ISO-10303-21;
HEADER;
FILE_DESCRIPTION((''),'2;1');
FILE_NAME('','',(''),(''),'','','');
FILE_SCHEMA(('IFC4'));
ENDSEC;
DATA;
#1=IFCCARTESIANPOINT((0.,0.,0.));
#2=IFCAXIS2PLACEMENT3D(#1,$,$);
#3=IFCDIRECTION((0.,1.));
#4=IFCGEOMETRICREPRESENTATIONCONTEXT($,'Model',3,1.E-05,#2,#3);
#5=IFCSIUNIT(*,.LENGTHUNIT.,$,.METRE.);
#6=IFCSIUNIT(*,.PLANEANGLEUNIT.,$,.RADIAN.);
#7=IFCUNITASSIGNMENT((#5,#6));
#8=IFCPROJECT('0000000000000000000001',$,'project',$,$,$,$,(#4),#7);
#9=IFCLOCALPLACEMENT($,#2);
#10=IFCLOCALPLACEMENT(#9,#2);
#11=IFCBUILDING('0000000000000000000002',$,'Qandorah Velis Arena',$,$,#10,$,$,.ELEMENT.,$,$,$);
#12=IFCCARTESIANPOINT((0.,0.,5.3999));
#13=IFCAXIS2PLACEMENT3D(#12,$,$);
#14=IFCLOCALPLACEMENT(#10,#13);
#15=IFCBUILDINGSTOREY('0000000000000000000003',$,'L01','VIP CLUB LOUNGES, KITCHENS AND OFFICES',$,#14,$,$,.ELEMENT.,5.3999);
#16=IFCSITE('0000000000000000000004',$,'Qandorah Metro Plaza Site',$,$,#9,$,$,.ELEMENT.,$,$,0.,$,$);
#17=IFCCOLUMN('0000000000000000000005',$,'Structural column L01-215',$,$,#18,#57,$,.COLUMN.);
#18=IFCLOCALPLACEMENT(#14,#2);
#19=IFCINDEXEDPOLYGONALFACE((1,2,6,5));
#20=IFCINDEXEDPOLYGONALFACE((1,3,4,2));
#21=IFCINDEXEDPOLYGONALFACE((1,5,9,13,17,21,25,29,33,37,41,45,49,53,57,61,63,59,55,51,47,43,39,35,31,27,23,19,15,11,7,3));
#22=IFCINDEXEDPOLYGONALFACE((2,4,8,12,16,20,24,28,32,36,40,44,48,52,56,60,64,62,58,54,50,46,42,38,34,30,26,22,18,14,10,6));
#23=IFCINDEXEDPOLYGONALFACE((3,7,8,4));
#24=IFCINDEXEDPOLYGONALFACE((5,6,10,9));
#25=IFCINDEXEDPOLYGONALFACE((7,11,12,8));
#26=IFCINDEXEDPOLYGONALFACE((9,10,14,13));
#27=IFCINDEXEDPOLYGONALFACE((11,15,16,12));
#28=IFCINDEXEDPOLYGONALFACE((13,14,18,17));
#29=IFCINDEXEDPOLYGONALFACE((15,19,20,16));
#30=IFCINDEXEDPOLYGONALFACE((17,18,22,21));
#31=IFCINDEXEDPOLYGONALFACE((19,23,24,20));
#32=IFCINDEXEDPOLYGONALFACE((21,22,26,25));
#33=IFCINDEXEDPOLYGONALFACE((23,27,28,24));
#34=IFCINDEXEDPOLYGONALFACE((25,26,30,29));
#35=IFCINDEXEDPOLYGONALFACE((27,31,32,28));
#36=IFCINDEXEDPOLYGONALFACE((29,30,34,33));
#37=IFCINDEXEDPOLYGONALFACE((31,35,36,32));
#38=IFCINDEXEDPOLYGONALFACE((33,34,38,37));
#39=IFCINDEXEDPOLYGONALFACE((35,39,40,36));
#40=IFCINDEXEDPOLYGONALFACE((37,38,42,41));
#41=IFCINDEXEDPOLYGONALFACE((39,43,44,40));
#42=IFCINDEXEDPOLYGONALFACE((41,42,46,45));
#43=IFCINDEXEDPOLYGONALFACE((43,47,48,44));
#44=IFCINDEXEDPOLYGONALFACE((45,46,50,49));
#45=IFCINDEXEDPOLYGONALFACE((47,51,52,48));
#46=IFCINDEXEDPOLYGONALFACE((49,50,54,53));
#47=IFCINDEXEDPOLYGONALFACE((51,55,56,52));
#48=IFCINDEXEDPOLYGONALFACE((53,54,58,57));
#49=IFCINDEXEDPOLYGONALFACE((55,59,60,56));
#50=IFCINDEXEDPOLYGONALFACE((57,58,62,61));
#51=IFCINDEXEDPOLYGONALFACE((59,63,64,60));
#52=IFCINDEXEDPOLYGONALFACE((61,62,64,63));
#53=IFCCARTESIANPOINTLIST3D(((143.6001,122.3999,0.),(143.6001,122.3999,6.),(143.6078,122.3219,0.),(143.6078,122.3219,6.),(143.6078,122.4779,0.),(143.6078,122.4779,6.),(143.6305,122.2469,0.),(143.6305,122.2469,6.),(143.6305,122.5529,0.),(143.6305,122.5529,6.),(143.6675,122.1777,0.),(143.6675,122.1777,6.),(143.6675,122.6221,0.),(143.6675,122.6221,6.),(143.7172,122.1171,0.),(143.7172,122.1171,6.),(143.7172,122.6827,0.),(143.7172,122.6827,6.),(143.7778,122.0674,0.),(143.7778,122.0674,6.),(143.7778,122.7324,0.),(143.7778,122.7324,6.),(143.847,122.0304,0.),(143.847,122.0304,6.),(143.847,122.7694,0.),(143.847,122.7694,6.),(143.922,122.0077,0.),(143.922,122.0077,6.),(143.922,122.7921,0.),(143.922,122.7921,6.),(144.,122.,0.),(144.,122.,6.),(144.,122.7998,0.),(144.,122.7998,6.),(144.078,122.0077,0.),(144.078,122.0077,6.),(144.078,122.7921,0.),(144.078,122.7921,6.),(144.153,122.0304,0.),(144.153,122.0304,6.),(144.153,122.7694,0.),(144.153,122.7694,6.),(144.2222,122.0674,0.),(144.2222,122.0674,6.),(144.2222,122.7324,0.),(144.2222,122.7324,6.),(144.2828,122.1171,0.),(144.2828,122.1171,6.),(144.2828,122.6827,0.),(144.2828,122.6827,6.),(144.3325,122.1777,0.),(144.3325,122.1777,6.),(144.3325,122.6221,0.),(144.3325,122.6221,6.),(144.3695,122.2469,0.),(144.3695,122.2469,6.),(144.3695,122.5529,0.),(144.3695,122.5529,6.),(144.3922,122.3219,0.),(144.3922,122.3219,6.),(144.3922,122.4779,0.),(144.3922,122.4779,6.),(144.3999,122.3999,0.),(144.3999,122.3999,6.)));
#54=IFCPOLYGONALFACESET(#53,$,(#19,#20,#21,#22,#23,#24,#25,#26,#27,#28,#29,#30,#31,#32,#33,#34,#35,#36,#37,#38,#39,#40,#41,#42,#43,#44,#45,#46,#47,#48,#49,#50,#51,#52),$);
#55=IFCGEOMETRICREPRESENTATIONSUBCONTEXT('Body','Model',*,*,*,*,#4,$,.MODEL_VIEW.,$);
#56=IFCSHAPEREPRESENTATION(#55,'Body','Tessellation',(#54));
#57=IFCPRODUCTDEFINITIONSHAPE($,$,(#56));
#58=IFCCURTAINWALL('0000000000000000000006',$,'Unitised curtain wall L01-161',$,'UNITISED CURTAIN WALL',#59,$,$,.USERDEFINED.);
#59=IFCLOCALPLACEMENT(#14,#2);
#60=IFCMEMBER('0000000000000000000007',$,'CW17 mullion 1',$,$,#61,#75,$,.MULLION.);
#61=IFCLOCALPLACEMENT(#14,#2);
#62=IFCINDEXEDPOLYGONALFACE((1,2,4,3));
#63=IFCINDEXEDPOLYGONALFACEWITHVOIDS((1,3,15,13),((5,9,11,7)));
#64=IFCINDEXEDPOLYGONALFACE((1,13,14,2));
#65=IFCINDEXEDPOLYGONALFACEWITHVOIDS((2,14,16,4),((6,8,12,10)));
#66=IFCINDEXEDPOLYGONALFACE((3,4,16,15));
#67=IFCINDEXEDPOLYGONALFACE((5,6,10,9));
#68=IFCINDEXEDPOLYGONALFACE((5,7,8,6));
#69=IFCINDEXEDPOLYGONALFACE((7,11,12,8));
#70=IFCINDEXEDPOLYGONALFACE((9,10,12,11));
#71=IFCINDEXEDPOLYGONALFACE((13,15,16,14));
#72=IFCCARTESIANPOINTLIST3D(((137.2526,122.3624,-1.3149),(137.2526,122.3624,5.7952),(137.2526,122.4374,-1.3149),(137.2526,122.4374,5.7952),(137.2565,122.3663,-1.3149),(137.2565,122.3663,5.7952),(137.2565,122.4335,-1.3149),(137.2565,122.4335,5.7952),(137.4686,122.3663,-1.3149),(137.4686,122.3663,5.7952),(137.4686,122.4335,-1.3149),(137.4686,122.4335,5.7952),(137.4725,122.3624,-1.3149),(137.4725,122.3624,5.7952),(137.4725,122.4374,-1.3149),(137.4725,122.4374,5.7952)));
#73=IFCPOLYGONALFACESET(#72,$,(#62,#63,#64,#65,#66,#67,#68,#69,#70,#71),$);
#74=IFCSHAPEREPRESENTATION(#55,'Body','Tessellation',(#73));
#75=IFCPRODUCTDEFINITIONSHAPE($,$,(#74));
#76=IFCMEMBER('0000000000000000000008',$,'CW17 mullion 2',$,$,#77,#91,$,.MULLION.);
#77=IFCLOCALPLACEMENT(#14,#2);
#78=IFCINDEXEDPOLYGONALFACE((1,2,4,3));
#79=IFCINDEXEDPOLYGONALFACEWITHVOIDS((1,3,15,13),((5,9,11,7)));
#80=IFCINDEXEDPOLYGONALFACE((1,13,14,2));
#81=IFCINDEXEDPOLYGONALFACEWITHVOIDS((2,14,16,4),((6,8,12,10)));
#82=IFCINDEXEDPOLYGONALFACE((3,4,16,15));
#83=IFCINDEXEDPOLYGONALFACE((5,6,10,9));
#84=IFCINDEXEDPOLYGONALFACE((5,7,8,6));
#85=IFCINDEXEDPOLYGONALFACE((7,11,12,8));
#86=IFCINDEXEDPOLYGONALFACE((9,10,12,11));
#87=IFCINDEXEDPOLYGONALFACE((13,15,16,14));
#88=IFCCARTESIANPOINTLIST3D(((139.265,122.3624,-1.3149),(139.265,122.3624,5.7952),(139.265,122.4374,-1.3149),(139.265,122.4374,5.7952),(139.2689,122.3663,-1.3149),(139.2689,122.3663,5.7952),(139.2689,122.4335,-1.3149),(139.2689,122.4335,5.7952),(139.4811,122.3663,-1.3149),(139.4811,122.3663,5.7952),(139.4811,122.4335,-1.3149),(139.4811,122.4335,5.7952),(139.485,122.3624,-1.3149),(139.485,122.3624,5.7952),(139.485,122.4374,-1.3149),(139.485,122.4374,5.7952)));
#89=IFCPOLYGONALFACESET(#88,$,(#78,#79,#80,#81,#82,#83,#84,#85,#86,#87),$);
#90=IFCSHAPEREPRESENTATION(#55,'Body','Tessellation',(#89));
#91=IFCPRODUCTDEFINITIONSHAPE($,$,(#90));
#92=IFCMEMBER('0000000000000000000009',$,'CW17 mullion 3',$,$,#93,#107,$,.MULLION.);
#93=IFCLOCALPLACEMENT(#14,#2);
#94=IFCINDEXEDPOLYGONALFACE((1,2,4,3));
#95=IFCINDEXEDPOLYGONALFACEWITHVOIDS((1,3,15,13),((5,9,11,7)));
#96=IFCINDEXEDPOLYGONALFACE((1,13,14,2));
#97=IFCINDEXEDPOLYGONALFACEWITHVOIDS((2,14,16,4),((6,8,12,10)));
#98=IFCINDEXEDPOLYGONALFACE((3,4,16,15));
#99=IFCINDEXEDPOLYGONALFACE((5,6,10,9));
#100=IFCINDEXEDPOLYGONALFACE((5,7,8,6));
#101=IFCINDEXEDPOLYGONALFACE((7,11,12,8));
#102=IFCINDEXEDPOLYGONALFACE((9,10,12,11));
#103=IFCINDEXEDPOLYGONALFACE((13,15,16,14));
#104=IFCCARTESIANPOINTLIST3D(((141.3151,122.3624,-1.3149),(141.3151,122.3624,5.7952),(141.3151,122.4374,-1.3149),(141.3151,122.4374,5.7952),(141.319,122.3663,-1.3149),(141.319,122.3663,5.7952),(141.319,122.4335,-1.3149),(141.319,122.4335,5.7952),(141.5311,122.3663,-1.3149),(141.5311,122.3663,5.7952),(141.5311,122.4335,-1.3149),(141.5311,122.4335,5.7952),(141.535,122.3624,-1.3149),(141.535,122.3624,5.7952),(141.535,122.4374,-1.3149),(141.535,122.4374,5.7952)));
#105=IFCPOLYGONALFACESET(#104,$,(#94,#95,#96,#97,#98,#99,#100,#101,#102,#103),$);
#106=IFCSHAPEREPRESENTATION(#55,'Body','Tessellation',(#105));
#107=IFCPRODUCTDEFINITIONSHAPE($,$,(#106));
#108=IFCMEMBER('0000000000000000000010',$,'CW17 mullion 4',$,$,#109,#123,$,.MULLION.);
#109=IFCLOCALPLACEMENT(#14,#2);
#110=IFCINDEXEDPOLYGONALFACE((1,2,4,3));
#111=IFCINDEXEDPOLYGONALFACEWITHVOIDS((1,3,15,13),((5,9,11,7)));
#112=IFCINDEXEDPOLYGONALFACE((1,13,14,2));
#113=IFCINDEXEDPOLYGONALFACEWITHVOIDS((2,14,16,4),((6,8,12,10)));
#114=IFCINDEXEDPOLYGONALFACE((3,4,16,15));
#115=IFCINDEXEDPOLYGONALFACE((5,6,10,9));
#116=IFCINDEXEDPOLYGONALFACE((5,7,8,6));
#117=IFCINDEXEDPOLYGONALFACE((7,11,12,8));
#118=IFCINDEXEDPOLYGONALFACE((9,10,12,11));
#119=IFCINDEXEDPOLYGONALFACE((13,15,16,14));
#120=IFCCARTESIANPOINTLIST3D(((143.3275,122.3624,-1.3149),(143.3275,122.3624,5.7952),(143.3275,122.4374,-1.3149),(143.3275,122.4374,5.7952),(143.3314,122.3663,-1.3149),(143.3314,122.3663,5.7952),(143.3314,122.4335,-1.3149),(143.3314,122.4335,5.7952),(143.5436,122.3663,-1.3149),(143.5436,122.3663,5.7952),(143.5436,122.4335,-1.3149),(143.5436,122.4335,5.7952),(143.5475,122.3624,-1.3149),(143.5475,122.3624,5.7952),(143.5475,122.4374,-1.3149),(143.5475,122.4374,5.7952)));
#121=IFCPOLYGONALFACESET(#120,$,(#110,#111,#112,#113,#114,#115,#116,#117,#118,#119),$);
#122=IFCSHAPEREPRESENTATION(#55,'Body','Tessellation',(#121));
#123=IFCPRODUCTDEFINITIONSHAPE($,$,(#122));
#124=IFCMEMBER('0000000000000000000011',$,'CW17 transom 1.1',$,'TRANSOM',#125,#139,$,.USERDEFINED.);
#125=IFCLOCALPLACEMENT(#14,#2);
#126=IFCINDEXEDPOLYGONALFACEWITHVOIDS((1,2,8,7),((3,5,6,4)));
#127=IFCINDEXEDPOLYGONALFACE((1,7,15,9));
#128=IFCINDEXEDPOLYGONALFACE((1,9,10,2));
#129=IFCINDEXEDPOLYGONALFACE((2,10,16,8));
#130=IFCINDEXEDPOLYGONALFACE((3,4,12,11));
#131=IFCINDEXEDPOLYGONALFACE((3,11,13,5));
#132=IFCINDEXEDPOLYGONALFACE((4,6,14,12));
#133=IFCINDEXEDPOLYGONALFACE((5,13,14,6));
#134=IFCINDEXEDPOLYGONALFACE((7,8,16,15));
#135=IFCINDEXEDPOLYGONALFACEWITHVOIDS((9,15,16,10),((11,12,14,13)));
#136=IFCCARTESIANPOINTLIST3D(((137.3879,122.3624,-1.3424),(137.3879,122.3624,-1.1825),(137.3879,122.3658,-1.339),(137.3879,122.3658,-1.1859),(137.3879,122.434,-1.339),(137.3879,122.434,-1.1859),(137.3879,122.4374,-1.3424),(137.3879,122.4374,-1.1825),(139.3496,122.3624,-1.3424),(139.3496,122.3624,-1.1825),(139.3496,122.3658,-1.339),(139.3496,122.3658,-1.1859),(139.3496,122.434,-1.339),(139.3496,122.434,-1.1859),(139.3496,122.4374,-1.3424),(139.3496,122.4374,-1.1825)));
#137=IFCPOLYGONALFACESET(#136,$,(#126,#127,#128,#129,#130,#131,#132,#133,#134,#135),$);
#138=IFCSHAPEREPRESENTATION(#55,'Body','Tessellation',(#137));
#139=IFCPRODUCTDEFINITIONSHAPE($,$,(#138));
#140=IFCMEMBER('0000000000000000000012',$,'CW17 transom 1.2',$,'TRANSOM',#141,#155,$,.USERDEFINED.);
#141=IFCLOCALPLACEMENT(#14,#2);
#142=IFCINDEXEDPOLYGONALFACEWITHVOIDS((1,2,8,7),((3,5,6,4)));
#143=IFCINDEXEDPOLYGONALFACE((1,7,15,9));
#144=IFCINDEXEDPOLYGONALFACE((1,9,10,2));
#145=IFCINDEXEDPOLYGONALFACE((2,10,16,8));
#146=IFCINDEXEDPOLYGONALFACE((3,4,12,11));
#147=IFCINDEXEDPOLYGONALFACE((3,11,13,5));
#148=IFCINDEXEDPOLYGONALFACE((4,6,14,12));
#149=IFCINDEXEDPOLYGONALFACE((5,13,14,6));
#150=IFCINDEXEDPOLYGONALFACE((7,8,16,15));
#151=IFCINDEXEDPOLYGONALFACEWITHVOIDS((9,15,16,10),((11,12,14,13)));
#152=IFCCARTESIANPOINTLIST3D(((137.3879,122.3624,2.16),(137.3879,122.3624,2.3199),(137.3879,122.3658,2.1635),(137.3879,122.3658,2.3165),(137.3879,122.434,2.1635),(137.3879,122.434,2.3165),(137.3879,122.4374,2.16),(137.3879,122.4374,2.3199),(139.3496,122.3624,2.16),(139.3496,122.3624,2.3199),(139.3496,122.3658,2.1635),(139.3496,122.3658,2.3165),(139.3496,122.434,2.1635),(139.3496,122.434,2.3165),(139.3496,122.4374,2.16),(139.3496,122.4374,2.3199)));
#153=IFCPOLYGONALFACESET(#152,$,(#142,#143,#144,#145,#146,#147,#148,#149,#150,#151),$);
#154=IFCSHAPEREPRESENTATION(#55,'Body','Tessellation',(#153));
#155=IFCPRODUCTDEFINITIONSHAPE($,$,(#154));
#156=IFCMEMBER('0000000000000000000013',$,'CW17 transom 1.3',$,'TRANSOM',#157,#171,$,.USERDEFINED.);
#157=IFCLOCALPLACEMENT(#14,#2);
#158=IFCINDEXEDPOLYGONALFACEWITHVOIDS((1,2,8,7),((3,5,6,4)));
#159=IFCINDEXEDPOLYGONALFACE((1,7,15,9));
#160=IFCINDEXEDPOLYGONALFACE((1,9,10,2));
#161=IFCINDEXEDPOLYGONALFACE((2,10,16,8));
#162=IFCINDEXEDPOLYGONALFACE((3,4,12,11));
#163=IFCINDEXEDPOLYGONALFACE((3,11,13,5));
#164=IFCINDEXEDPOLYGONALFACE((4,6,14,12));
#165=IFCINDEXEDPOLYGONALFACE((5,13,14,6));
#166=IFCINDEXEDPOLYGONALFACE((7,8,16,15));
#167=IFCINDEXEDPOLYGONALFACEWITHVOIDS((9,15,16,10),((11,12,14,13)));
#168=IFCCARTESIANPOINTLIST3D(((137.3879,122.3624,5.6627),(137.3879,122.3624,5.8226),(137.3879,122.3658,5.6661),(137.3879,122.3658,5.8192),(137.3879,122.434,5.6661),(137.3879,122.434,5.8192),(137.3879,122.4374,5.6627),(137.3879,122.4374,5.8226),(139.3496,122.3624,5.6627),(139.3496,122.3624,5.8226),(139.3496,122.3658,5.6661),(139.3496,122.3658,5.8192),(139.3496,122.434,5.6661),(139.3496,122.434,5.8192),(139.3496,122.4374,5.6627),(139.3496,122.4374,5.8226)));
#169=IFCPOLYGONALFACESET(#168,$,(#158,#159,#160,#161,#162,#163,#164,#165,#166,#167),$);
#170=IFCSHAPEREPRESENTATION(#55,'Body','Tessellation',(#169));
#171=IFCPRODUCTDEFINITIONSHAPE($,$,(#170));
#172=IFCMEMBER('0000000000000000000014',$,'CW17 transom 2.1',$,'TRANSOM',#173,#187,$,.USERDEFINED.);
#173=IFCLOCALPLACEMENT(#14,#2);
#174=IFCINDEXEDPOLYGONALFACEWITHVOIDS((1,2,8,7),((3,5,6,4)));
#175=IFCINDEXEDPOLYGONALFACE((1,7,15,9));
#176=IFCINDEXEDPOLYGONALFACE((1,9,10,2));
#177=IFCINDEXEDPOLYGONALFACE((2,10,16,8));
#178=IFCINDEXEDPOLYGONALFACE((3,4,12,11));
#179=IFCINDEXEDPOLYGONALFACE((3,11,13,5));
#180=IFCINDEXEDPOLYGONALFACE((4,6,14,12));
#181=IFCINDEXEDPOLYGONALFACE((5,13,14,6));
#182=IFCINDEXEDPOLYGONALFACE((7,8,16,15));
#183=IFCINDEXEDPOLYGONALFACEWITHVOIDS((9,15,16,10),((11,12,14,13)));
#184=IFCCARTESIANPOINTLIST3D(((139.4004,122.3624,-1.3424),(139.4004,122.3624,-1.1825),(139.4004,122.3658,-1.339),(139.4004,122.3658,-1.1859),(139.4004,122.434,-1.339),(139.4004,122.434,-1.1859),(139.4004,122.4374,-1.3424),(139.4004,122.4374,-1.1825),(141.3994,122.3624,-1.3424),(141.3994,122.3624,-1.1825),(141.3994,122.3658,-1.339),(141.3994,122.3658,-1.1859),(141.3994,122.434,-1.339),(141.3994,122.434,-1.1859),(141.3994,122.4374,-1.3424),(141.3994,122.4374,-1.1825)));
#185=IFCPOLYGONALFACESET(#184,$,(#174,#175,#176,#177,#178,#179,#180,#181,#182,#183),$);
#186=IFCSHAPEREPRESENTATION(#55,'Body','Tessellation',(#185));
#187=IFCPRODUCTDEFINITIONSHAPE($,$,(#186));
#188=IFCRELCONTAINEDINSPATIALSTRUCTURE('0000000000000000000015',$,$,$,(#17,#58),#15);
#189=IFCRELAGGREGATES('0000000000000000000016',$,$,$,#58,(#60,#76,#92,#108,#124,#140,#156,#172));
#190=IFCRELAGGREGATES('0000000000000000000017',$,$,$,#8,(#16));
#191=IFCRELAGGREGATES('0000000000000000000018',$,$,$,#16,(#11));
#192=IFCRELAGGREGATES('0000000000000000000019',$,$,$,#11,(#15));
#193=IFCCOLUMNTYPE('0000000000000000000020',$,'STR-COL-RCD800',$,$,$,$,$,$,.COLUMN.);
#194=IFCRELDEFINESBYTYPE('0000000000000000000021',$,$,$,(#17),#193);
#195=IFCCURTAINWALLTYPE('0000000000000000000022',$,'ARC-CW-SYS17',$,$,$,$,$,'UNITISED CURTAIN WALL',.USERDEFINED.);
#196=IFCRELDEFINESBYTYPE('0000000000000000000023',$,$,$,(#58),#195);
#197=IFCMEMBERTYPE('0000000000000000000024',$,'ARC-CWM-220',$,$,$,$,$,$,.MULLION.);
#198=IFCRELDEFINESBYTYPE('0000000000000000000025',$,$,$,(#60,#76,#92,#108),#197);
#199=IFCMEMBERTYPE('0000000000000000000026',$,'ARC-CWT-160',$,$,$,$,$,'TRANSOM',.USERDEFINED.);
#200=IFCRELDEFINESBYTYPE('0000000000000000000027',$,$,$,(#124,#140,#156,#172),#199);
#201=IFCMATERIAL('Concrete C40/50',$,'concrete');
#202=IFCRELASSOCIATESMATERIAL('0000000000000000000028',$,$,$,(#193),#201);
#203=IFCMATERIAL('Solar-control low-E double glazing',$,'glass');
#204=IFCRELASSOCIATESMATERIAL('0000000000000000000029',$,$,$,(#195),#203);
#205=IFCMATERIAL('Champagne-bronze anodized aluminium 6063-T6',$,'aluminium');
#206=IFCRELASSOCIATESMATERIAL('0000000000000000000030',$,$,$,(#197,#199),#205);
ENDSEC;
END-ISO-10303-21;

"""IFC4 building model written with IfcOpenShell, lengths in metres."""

from ifc_helpers import new_model, si_unit, direction, frame, origin, origin_2d, place, context, subcontext, project, spatial, hollow_rectangle, circle, extrude, material, material_profile, profile_set, type_object, element, aggregate, save


model = new_model("IFC4")

# Units and contexts
model_context = context("Model", 3, precision=1e-05, world=origin(), true_north=direction((0.0, 1.0)))
body_context = subcontext(model_context, "Body", "Model", "MODEL_VIEW")
ifc_project = project(units=[si_unit("LENGTHUNIT", "METRE"), si_unit("PLANEANGLEUNIT", "RADIAN")], contexts=[model_context])

# Site, building, storey
site_placement = place(None, origin())
site = spatial("IfcSite", under=ifc_project, at=site_placement, Name="Qandorah Metro Plaza Site", CompositionType="ELEMENT", RefElevation=0.0)
building_placement = place(site_placement, origin())
building = spatial("IfcBuilding", under=site, at=building_placement, Name="Qandorah Velis Arena", CompositionType="ELEMENT")
storey_placement = place(building_placement, frame((0.0, 0.0, 5.3999)))
storey = spatial("IfcBuildingStorey", under=building, at=storey_placement, Name="L01", Description="VIP CLUB LOUNGES, KITCHENS AND OFFICES", CompositionType="ELEMENT", Elevation=5.3999)

# Column
ifc_material_1 = material(Name="Concrete C40/50", Category="concrete")
ifc_material_profile_1 = material_profile(ifc_material_1, circle(Radius=0.3999, at=origin_2d()), Name="RC D800")
ifc_profile_set_1 = profile_set([ifc_material_profile_1], Name="Concrete C40/50")
column_type = type_object("IfcColumnType", Name="STR-COL-RCD800", PredefinedType="COLUMN", material=ifc_profile_set_1)
column_placement = place(storey_placement, frame((144.0, 122.3999, 0.0), z_axis=(0.0, 0.0, 1.0), x_axis=(1.0, 0.0, 0.0)))
element("IfcColumn", 1, at=column_placement, inside=storey, type_object=column_type, Name="Structural column L01-215", PredefinedType="COLUMN", context=body_context, shape_type="SweptSolid", body=[
    extrude(circle(Radius=0.3999, at=origin_2d()), origin(), (0.0, 0.0, 1.0), 6.0),
])

# Curtain wall, members
ifc_material_2 = material(Name="Solar-control low-E double glazing", Category="glass")
curtain_wall_type = type_object("IfcCurtainWallType", Name="ARC-CW-SYS17", ElementType="UNITISED CURTAIN WALL", PredefinedType="USERDEFINED", material=ifc_material_2)
curtain_wall_placement = place(storey_placement, origin())
curtain_wall = element("IfcCurtainWall", 2, at=curtain_wall_placement, inside=storey, type_object=curtain_wall_type, Name="Unitised curtain wall L01-161", ObjectType="UNITISED CURTAIN WALL", PredefinedType="USERDEFINED")
ifc_material_3 = material(Name="Champagne-bronze anodized aluminium 6063-T6", Category="aluminium")
ifc_material_profile_2 = material_profile(ifc_material_3, hollow_rectangle(XDim=0.075, YDim=0.22, WallThickness=0.0039, at=origin_2d()), Name="ALU MULLION 75x220")
ifc_profile_set_2 = profile_set([ifc_material_profile_2], Name="Champagne-bronze anodized aluminium 6063-T6")
member_type_1 = type_object("IfcMemberType", Name="ARC-CWM-220", PredefinedType="MULLION", material=ifc_profile_set_2)
member_1_placement = place(storey_placement, frame((137.3625, 122.3999, -1.3149), z_axis=(0.0, 0.0, 1.0), x_axis=(0.0, 1.0, 0.0)))
member_1 = element("IfcMember", 3, at=member_1_placement, type_object=member_type_1, Name="CW17 mullion 1", PredefinedType="MULLION", context=body_context, shape_type="SweptSolid", body=[
    extrude(hollow_rectangle(XDim=0.075, YDim=0.22, WallThickness=0.0039, at=origin_2d()), origin(), (0.0, 0.0, 1.0), 7.1101),
])
member_2_placement = place(storey_placement, frame((139.375, 122.3999, -1.3149), z_axis=(0.0, 0.0, 1.0), x_axis=(0.0, 1.0, 0.0)))
member_2 = element("IfcMember", 4, at=member_2_placement, type_object=member_type_1, Name="CW17 mullion 2", PredefinedType="MULLION", context=body_context, shape_type="SweptSolid", body=[
    extrude(hollow_rectangle(XDim=0.075, YDim=0.22, WallThickness=0.0039, at=origin_2d()), origin(), (0.0, 0.0, 1.0), 7.1101),
])
member_3_placement = place(storey_placement, frame((141.425, 122.3999, -1.3149), z_axis=(0.0, 0.0, 1.0), x_axis=(0.0, 1.0, 0.0)))
member_3 = element("IfcMember", 5, at=member_3_placement, type_object=member_type_1, Name="CW17 mullion 3", PredefinedType="MULLION", context=body_context, shape_type="SweptSolid", body=[
    extrude(hollow_rectangle(XDim=0.075, YDim=0.22, WallThickness=0.0039, at=origin_2d()), origin(), (0.0, 0.0, 1.0), 7.1101),
])
member_4_placement = place(storey_placement, frame((143.4375, 122.3999, -1.3149), z_axis=(0.0, 0.0, 1.0), x_axis=(0.0, 1.0, 0.0)))
member_4 = element("IfcMember", 6, at=member_4_placement, type_object=member_type_1, Name="CW17 mullion 4", PredefinedType="MULLION", context=body_context, shape_type="SweptSolid", body=[
    extrude(hollow_rectangle(XDim=0.075, YDim=0.22, WallThickness=0.0039, at=origin_2d()), origin(), (0.0, 0.0, 1.0), 7.1101),
])
ifc_material_profile_3 = material_profile(ifc_material_3, hollow_rectangle(XDim=0.075, YDim=0.1599, WallThickness=0.0034, at=origin_2d()), Name="ALU TRANSOM 75x160")
ifc_profile_set_3 = profile_set([ifc_material_profile_3], Name="Champagne-bronze anodized aluminium 6063-T6")
member_type_2 = type_object("IfcMemberType", Name="ARC-CWT-160", ElementType="TRANSOM", PredefinedType="USERDEFINED", material=ifc_profile_set_3)
member_5_placement = place(storey_placement, frame((137.3879, 122.3999, -1.2625), z_axis=(1.0, 0.0, 0.0), x_axis=(0.0, 1.0, 0.0)))
member_5 = element("IfcMember", 7, at=member_5_placement, type_object=member_type_2, Name="CW17 transom 1.1", ObjectType="TRANSOM", PredefinedType="USERDEFINED", context=body_context, shape_type="SweptSolid", body=[
    extrude(hollow_rectangle(XDim=0.075, YDim=0.1599, WallThickness=0.0034, at=origin_2d()), origin(), (0.0, 0.0, 1.0), 1.9617),
])
member_6_placement = place(storey_placement, frame((137.3879, 122.3999, 2.24), z_axis=(1.0, 0.0, 0.0), x_axis=(0.0, 1.0, 0.0)))
member_6 = element("IfcMember", 8, at=member_6_placement, type_object=member_type_2, Name="CW17 transom 1.2", ObjectType="TRANSOM", PredefinedType="USERDEFINED", context=body_context, shape_type="SweptSolid", body=[
    extrude(hollow_rectangle(XDim=0.075, YDim=0.1599, WallThickness=0.0034, at=origin_2d()), origin(), (0.0, 0.0, 1.0), 1.9617),
])
member_7_placement = place(storey_placement, frame((137.3879, 122.3999, 5.7427), z_axis=(1.0, 0.0, 0.0), x_axis=(0.0, 1.0, 0.0)))
member_7 = element("IfcMember", 9, at=member_7_placement, type_object=member_type_2, Name="CW17 transom 1.3", ObjectType="TRANSOM", PredefinedType="USERDEFINED", context=body_context, shape_type="SweptSolid", body=[
    extrude(hollow_rectangle(XDim=0.075, YDim=0.1599, WallThickness=0.0034, at=origin_2d()), origin(), (0.0, 0.0, 1.0), 1.9617),
])
member_8_placement = place(storey_placement, frame((139.4004, 122.3999, -1.2625), z_axis=(1.0, 0.0, 0.0), x_axis=(0.0, 1.0, 0.0)))
member_8 = element("IfcMember", 10, at=member_8_placement, type_object=member_type_2, Name="CW17 transom 2.1", ObjectType="TRANSOM", PredefinedType="USERDEFINED", context=body_context, shape_type="SweptSolid", body=[
    extrude(hollow_rectangle(XDim=0.075, YDim=0.1599, WallThickness=0.0034, at=origin_2d()), origin(), (0.0, 0.0, 1.0), 1.999),
])

aggregate(curtain_wall, [member_1, member_2, member_3, member_4, member_5, member_6, member_7, member_8])

save(model, "model.ifc")
